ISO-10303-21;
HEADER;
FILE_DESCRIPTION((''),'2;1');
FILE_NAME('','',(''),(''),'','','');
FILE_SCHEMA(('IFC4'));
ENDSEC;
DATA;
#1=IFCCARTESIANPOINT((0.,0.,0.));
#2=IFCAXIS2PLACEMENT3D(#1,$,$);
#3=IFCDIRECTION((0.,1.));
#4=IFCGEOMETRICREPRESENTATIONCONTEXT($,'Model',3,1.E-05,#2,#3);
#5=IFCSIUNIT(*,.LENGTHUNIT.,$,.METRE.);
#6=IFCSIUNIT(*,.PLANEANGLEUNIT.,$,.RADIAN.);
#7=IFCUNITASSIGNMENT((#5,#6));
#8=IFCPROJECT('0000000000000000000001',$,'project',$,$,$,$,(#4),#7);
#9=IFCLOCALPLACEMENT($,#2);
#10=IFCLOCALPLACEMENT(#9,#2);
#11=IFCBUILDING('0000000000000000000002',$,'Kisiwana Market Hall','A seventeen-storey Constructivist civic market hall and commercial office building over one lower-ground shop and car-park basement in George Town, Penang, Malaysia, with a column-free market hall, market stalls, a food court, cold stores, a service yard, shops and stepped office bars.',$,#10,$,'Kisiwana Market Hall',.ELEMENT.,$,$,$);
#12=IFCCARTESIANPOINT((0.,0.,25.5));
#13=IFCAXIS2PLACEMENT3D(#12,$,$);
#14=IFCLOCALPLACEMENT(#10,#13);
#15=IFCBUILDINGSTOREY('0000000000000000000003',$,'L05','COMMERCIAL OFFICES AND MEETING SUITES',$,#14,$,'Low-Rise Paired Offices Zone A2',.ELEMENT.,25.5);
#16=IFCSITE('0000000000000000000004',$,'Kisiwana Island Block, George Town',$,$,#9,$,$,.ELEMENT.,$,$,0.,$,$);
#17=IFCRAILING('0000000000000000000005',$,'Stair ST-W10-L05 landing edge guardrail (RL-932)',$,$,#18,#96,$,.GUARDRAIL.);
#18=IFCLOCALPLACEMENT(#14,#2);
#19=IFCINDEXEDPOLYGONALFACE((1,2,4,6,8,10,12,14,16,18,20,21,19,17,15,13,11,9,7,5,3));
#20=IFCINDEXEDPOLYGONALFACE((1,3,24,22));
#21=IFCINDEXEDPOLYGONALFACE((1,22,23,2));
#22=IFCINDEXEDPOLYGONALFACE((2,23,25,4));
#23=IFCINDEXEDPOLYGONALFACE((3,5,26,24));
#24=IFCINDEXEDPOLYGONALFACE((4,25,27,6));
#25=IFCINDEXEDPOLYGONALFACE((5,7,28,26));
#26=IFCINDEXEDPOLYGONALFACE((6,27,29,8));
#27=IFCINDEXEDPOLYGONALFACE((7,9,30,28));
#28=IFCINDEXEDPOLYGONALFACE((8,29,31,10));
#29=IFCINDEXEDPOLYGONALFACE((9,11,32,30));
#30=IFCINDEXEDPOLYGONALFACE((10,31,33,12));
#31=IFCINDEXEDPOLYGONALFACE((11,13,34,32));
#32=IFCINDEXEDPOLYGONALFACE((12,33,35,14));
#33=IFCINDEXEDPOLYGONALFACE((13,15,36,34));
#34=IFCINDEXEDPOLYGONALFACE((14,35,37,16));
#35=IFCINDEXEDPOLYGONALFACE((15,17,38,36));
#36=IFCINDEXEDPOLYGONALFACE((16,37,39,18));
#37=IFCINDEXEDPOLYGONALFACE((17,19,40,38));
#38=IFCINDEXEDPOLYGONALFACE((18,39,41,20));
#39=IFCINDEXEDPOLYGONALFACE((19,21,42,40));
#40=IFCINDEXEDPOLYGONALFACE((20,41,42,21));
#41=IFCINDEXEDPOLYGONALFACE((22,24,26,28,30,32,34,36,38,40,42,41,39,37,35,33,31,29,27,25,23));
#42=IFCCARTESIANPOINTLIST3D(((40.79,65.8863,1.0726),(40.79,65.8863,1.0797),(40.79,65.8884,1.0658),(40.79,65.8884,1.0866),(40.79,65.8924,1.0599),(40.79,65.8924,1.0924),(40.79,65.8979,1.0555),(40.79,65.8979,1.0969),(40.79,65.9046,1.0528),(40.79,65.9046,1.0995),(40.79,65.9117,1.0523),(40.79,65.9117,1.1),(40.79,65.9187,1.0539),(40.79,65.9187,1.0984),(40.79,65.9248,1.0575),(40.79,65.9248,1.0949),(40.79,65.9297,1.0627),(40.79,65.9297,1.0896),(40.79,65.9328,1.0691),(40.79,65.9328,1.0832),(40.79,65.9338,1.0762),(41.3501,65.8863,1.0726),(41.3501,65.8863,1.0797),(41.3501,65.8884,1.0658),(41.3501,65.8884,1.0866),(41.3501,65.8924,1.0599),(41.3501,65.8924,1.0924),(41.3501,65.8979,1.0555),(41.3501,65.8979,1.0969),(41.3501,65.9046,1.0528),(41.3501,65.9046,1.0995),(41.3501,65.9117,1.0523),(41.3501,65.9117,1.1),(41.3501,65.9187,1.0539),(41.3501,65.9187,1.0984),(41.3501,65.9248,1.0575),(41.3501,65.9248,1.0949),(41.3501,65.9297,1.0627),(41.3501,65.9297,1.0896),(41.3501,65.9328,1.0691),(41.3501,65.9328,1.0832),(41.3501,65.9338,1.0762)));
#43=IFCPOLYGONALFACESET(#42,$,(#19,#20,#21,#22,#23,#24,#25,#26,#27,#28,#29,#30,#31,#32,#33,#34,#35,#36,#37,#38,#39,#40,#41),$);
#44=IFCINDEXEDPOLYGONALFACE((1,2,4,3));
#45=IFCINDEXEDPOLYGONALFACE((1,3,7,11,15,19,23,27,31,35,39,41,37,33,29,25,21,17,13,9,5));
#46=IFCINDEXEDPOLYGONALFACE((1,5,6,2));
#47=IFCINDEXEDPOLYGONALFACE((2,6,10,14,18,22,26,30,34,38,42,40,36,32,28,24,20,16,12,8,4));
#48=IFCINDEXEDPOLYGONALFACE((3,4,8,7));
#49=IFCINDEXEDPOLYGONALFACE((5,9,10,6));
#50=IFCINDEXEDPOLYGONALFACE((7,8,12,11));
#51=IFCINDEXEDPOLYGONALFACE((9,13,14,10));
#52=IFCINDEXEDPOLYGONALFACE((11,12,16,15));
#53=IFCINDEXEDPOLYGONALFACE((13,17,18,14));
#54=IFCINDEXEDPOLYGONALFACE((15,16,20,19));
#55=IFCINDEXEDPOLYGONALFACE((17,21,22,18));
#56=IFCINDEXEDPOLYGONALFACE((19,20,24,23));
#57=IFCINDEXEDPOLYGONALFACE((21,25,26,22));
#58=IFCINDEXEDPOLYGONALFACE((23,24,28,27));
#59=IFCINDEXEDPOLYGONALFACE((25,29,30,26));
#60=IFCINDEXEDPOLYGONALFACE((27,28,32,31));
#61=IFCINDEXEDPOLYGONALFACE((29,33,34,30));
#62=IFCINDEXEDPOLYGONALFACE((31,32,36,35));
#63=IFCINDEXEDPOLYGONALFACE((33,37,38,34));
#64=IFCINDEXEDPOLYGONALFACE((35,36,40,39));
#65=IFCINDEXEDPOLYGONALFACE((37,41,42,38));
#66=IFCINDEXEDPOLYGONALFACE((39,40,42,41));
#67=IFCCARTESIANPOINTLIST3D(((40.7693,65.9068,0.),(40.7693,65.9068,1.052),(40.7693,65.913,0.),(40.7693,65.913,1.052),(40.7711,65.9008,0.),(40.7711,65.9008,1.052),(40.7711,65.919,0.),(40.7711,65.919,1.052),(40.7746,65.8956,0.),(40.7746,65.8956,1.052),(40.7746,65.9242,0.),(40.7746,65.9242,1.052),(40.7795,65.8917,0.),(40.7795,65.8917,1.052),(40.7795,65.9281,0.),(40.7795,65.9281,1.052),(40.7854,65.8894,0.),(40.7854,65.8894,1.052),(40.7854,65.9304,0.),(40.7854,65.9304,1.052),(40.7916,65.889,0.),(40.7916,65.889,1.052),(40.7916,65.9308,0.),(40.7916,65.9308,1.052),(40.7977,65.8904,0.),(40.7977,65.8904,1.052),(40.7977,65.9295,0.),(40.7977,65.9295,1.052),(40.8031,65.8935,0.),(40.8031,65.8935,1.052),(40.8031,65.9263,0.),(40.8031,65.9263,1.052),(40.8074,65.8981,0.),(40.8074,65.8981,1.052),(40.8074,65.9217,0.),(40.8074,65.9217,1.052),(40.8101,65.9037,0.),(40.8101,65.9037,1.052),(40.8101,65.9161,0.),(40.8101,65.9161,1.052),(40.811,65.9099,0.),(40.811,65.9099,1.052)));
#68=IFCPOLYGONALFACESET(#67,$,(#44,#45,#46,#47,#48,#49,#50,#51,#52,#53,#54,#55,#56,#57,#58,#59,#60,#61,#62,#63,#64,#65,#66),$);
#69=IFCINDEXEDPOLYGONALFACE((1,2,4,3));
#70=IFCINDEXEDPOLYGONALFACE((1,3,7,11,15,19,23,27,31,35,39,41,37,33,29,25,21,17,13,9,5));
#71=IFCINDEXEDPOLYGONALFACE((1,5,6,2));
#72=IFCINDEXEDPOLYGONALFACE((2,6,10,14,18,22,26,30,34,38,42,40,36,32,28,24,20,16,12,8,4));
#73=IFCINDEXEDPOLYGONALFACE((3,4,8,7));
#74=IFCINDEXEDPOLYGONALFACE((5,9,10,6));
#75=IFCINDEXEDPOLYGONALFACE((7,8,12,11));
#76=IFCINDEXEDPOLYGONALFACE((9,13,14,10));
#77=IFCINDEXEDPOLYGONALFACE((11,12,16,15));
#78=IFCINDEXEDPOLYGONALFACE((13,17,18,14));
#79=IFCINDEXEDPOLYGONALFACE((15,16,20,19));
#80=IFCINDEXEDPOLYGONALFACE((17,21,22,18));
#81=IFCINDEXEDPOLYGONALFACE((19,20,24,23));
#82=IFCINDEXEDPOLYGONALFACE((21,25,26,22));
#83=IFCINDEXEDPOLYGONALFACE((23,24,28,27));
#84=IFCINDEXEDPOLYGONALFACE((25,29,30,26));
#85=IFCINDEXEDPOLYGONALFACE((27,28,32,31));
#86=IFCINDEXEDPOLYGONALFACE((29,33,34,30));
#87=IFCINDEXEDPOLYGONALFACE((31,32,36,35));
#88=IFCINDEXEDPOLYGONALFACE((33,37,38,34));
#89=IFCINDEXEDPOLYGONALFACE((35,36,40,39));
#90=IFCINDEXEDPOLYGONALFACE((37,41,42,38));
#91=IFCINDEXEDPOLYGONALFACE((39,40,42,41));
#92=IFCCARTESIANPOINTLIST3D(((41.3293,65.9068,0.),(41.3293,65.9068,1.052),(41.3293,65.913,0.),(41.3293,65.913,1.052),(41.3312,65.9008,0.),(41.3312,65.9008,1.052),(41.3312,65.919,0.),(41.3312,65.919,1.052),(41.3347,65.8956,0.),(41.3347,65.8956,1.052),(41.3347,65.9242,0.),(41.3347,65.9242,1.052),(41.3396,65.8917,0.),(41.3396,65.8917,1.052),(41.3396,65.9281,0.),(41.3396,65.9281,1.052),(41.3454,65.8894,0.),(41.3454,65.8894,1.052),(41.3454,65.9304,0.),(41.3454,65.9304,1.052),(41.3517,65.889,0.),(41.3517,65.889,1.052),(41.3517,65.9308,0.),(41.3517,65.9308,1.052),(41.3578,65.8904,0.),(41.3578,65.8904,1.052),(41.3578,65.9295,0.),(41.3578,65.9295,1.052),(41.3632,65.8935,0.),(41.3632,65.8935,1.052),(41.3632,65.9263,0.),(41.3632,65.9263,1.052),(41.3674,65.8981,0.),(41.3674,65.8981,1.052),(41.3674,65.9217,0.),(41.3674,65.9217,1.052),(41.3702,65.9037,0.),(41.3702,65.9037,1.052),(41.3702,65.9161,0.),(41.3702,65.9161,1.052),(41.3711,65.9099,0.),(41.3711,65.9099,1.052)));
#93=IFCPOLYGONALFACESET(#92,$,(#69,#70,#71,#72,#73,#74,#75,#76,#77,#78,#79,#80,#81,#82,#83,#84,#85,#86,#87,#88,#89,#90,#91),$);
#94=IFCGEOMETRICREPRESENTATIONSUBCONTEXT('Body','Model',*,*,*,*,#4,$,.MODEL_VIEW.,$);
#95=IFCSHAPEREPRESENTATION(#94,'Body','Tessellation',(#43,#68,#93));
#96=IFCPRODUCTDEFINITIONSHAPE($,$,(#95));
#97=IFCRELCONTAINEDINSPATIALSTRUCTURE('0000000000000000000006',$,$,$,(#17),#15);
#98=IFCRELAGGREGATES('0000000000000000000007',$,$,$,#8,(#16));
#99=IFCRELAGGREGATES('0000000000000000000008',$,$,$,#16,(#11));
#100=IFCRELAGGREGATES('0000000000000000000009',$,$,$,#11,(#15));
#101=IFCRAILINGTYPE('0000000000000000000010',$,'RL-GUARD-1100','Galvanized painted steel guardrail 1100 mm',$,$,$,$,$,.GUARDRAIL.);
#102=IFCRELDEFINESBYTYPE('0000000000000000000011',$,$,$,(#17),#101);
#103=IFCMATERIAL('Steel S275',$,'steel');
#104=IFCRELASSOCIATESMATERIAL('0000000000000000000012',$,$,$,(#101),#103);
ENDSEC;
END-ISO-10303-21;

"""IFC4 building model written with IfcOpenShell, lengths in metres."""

from ifc_helpers import new_model, si_unit, direction, frame, origin, origin_2d, place, context, subcontext, project, spatial, circle, extrude, material, type_object, element, save


model = new_model("IFC4")

# Units and contexts
model_context = context("Model", 3, precision=1e-05, world=origin(), true_north=direction((0.0, 1.0)))
body_context = subcontext(model_context, "Body", "Model", "MODEL_VIEW")
ifc_project = project(units=[si_unit("LENGTHUNIT", "METRE"), si_unit("PLANEANGLEUNIT", "RADIAN")], contexts=[model_context])

# Site, building, storey
site_placement = place(None, origin())
site = spatial("IfcSite", under=ifc_project, at=site_placement, Name="Kisiwana Island Block, George Town", CompositionType="ELEMENT", RefElevation=0.0)
building_placement = place(site_placement, origin())
building = spatial("IfcBuilding", under=site, at=building_placement, Name="Kisiwana Market Hall", Description="A seventeen-storey Constructivist civic market hall and commercial office building over one lower-ground shop and car-park basement in George Town, Penang, Malaysia, with a column-free market hall, market stalls, a food court, cold stores, a service yard, shops and stepped office bars.", LongName="Kisiwana Market Hall", CompositionType="ELEMENT")
storey_placement = place(building_placement, frame((0.0, 0.0, 25.5)))
storey = spatial("IfcBuildingStorey", under=building, at=storey_placement, Name="L05", Description="COMMERCIAL OFFICES AND MEETING SUITES", LongName="Low-Rise Paired Offices Zone A2", CompositionType="ELEMENT", Elevation=25.5)

# Railing
ifc_material_1 = material(Name="Steel S275", Category="steel")
railing_type_1 = type_object("IfcRailingType", Name="RL-GUARD-1100", Description="Galvanized painted steel guardrail 1100 mm", PredefinedType="GUARDRAIL", material=ifc_material_1)
railing_1_placement = place(storey_placement, frame((40.79, 65.9099, 0.0)))
element("IfcRailing", 1, at=railing_1_placement, inside=storey, type_object=railing_type_1, Name="Stair ST-W10-L05 landing edge guardrail (RL-932)", PredefinedType="GUARDRAIL", context=body_context, shape_type="SweptSolid", body=[
    extrude(circle(Radius=0.0239, at=origin_2d()), frame((0.0, 0.0, 1.0762), z_axis=(1.0, 0.0, 0.0), x_axis=(0.0, 1.0, 0.0)), (0.0, 0.0, 1.0), 0.5601),
    extrude(circle(Radius=0.021, at=origin_2d()), origin(), (0.0, 0.0, 1.0), 1.052),
    extrude(circle(Radius=0.021, at=origin_2d()), frame((0.5601, 0.0, 0.0)), (0.0, 0.0, 1.0), 1.052),
])

save(model, "model.ifc")
